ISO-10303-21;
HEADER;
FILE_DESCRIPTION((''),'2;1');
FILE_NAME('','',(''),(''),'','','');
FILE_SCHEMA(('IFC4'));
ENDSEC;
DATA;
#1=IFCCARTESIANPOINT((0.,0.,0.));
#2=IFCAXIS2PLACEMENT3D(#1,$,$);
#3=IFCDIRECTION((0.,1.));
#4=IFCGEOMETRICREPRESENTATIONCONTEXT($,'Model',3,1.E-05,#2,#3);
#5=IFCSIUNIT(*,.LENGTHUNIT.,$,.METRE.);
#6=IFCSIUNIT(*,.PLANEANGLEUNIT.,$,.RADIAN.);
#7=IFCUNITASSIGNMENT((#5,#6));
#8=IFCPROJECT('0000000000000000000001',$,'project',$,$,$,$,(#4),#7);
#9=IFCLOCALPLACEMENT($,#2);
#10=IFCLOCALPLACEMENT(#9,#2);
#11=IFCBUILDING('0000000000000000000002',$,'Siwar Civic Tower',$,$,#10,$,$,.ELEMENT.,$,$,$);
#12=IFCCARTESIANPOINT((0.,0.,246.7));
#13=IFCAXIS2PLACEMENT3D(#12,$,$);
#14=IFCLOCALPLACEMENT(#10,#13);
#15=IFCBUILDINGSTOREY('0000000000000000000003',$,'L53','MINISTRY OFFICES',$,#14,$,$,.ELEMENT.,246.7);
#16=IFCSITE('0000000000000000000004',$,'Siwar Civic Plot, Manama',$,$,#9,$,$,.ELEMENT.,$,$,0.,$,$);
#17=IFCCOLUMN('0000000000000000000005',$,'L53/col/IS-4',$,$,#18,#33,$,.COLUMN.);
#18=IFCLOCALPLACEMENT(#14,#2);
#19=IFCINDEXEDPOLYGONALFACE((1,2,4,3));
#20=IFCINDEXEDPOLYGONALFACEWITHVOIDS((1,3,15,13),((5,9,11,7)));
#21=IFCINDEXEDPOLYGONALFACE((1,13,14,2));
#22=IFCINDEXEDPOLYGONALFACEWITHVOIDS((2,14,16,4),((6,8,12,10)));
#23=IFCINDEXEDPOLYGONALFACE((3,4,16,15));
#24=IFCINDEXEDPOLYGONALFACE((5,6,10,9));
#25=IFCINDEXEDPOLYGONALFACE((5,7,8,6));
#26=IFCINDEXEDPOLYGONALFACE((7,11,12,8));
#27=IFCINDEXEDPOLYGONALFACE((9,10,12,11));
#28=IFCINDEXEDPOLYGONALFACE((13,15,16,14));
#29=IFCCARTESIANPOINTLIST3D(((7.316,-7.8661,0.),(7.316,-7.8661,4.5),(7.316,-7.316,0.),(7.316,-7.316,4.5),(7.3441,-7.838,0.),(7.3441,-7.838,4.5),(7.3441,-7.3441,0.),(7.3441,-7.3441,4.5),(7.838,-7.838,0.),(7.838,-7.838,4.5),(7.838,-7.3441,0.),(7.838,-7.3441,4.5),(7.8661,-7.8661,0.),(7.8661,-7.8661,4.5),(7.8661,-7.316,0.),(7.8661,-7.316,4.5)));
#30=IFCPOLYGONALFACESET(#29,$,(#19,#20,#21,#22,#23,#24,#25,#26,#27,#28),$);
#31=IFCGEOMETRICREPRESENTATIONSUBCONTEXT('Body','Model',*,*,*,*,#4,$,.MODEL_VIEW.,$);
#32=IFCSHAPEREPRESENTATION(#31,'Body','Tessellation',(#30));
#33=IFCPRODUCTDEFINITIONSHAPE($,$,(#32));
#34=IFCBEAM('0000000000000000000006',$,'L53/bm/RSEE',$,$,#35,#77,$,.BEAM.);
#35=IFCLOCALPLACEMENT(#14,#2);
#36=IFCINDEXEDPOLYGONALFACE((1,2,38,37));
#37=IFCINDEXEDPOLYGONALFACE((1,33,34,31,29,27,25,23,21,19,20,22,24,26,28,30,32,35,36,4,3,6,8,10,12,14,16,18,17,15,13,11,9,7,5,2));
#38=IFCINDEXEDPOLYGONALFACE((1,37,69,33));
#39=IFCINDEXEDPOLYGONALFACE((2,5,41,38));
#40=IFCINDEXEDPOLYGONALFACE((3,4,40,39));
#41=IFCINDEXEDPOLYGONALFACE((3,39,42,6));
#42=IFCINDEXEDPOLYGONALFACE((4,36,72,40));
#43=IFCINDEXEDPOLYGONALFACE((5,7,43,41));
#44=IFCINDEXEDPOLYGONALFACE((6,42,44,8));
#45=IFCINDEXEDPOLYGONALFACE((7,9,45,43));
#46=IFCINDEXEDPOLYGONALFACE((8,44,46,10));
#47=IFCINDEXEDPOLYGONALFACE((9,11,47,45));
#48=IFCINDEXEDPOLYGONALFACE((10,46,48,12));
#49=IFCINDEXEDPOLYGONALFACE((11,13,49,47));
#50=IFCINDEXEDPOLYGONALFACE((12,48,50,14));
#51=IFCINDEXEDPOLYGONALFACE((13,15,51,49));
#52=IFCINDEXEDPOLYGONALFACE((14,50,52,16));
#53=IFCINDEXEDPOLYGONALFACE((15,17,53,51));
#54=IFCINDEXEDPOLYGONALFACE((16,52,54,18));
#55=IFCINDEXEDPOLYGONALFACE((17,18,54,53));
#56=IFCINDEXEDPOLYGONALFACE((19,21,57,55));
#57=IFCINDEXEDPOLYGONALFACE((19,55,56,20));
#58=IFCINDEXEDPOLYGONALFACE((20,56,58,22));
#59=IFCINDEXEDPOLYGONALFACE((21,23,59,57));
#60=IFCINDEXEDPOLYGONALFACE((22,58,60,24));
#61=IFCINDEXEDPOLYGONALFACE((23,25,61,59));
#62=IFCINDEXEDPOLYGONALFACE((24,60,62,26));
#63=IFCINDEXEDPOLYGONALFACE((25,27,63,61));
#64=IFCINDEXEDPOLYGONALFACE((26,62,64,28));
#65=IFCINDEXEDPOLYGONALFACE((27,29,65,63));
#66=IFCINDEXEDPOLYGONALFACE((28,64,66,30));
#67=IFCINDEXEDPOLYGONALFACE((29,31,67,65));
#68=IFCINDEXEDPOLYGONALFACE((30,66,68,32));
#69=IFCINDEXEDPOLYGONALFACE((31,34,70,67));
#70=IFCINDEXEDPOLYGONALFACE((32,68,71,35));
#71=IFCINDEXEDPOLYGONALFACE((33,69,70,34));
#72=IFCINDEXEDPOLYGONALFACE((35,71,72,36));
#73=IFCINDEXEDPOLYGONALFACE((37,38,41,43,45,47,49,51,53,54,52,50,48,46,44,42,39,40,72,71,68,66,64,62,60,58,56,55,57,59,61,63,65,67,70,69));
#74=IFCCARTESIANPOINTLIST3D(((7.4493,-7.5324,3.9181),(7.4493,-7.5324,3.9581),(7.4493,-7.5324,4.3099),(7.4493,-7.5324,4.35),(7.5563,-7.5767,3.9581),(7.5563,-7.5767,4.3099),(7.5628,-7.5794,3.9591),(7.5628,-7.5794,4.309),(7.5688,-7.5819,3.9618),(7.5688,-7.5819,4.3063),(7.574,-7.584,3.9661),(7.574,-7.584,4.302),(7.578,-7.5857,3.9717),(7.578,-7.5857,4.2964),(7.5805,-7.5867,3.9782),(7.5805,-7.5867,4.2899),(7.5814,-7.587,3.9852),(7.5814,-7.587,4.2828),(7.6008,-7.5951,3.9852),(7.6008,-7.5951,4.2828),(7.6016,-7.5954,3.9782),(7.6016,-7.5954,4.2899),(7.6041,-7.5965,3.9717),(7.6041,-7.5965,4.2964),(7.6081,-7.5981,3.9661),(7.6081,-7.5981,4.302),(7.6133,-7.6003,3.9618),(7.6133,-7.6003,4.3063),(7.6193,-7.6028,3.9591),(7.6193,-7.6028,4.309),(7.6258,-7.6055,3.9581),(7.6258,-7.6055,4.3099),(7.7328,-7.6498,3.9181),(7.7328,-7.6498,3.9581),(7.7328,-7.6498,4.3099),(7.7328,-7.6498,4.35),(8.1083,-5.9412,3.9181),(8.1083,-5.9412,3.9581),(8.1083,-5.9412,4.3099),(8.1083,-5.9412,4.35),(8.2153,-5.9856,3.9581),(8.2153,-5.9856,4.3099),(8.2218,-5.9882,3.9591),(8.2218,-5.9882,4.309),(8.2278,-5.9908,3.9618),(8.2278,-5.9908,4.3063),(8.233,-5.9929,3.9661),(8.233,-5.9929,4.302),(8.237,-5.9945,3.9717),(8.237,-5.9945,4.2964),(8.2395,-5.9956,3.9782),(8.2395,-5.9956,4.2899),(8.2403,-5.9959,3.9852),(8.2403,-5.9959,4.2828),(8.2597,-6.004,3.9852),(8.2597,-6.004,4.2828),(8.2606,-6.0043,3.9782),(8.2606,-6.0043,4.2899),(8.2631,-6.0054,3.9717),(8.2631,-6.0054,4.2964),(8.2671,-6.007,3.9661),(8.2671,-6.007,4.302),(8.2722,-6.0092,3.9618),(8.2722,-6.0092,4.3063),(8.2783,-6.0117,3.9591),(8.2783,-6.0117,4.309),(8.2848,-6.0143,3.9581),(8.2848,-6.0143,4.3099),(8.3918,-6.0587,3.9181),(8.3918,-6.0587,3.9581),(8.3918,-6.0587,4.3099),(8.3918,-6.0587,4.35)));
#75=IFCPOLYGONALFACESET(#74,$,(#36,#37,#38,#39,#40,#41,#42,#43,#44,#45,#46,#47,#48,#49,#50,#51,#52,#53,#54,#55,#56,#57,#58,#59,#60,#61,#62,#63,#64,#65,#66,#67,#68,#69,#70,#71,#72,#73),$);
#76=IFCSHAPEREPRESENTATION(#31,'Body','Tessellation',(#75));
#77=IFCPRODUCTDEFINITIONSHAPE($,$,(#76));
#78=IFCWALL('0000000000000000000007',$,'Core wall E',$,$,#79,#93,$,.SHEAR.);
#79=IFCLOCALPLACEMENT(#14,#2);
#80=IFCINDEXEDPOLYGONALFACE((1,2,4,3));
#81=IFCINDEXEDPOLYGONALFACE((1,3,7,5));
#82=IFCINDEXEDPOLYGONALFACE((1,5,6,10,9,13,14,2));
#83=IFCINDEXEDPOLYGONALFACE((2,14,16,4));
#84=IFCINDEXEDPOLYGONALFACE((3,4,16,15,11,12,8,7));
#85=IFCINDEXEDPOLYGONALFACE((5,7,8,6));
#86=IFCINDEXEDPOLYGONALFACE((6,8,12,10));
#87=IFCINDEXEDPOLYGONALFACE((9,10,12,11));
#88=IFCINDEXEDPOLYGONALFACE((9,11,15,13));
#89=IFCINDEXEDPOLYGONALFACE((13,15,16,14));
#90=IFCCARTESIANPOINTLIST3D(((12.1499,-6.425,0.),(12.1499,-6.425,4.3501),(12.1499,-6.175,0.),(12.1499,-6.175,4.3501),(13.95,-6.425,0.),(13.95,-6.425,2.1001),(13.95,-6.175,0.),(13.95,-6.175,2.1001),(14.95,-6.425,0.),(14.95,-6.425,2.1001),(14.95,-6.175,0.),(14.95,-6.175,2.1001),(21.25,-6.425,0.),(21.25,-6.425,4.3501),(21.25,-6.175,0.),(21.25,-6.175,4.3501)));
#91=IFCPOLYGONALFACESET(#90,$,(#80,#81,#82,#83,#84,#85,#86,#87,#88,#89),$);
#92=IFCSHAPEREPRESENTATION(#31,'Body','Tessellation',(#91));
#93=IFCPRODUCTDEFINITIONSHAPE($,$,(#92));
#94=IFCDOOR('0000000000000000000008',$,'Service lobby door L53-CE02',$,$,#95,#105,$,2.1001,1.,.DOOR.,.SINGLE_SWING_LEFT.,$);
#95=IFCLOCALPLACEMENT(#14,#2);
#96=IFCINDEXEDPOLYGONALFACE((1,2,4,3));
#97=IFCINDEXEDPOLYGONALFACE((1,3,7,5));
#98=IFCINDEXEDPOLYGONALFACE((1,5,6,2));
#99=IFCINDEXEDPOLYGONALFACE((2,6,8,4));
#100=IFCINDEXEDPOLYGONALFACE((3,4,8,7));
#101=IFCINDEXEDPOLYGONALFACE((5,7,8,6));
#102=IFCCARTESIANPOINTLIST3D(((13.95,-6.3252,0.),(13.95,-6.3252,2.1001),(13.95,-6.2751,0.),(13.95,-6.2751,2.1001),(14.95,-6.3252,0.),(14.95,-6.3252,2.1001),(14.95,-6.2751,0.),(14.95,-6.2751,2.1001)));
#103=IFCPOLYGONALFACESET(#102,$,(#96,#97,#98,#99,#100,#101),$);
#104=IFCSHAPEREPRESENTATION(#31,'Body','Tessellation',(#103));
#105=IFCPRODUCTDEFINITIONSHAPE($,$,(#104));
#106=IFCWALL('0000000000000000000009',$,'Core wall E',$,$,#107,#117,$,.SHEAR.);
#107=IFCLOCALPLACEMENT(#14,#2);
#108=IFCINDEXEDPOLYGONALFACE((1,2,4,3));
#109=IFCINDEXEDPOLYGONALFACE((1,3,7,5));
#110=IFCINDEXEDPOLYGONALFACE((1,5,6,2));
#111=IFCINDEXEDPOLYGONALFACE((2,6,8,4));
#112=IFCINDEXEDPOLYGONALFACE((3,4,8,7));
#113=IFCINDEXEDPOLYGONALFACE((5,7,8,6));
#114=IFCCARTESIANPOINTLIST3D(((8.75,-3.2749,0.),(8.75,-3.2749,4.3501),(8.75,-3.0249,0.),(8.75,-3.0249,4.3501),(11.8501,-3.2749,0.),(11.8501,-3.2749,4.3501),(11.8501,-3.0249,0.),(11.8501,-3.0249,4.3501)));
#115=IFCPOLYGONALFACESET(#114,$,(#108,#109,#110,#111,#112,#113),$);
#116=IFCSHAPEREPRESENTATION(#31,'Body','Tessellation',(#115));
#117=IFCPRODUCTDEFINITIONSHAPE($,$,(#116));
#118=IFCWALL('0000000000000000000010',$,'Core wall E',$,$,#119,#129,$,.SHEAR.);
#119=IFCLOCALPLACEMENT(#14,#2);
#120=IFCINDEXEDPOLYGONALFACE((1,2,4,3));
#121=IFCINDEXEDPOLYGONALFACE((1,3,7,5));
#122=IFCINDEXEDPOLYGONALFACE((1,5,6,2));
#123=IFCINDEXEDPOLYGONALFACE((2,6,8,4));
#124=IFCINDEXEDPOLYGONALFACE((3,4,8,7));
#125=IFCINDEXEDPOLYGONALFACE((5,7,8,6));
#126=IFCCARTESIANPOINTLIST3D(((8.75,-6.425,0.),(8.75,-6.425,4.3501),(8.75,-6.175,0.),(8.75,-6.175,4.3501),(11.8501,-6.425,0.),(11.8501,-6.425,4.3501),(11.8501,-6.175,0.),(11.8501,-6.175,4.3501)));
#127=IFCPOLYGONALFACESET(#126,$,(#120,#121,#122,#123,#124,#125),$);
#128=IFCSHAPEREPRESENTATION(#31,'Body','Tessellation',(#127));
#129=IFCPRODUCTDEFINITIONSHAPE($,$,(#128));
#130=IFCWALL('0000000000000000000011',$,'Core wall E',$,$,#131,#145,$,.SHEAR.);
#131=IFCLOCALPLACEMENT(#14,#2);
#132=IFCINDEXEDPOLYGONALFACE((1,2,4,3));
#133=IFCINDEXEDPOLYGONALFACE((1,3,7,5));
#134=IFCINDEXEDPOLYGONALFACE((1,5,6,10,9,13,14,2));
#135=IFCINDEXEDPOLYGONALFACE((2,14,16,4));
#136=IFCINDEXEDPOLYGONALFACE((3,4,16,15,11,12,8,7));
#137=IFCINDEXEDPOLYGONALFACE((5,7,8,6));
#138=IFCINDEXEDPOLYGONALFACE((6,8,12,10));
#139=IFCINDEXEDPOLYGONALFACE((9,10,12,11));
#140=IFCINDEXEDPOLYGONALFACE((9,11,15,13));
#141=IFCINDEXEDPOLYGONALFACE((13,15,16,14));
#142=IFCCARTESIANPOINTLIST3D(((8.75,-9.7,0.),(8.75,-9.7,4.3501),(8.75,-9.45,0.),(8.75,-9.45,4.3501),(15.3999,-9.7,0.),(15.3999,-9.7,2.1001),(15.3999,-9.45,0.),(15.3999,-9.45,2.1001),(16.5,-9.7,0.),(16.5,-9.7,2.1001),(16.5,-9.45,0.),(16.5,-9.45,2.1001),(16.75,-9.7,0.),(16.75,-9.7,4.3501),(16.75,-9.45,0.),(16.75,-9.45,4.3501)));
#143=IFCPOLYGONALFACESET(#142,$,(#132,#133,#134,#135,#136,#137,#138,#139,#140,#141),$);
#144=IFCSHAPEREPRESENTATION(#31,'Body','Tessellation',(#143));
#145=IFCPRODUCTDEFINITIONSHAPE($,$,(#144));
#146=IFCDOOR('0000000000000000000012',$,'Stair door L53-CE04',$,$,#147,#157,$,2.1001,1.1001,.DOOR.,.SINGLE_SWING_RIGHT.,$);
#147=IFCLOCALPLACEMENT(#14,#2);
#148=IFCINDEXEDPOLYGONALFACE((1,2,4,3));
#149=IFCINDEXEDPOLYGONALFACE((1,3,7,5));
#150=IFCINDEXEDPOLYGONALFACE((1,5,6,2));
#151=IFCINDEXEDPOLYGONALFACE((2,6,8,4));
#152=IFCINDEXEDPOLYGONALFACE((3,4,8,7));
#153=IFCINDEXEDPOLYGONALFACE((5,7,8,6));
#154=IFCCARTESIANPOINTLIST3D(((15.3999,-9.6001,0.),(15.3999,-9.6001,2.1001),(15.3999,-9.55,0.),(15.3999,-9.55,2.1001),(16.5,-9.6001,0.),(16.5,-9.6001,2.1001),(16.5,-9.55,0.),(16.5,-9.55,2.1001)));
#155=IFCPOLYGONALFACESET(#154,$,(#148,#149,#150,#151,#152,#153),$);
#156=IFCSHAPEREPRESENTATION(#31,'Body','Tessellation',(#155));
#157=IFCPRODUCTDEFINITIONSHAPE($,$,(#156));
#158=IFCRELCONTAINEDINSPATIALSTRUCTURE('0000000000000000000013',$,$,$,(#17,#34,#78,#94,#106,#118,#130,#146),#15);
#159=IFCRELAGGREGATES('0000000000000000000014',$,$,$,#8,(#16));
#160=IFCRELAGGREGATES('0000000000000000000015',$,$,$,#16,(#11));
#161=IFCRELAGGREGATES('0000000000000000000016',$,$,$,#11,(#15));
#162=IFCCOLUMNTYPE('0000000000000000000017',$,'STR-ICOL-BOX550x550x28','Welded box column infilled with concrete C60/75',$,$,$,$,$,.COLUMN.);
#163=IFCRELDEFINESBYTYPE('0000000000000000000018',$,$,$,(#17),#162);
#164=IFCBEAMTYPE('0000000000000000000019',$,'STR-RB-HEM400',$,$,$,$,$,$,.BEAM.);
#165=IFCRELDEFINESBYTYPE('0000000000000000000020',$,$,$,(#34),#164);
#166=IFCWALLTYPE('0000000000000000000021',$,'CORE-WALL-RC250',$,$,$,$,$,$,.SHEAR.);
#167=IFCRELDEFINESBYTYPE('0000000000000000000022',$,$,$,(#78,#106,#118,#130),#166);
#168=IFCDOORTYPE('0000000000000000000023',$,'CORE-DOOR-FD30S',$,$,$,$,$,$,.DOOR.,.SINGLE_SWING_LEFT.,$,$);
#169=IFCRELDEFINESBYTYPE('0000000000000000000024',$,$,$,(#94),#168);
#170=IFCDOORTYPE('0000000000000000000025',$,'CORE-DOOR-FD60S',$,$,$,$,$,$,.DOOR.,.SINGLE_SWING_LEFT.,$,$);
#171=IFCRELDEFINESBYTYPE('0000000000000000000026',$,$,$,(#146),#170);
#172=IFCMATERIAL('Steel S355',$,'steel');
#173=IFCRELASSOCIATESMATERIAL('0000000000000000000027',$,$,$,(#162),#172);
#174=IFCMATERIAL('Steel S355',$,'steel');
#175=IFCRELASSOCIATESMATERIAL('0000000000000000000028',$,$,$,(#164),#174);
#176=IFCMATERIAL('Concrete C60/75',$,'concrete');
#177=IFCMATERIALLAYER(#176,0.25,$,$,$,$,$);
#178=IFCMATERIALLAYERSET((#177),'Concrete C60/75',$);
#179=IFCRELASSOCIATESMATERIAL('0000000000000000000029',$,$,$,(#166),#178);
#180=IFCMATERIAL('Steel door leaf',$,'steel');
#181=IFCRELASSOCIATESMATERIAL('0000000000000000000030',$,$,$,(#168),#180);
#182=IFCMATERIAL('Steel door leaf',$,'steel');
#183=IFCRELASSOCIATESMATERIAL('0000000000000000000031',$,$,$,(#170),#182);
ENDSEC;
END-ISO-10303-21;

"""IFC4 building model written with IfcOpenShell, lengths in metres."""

from ifc_helpers import new_model, si_unit, direction, frame, frame_2d, origin, origin_2d, place, context, subcontext, project, spatial, rectangle, hollow_rectangle, i_section, extrude, material, layer, layer_set, material_profile, profile_set, type_object, element, fill, save


model = new_model("IFC4")

# Units and contexts
model_context = context("Model", 3, precision=1e-05, world=origin(), true_north=direction((0.0, 1.0)))
body_context = subcontext(model_context, "Body", "Model", "MODEL_VIEW")
ifc_project = project(units=[si_unit("LENGTHUNIT", "METRE"), si_unit("PLANEANGLEUNIT", "RADIAN")], contexts=[model_context])

# Site, building, storey
site_placement = place(None, origin())
site = spatial("IfcSite", under=ifc_project, at=site_placement, Name="Siwar Civic Plot, Manama", CompositionType="ELEMENT", RefElevation=0.0)
building_placement = place(site_placement, origin())
building = spatial("IfcBuilding", under=site, at=building_placement, Name="Siwar Civic Tower", CompositionType="ELEMENT")
storey_placement = place(building_placement, frame((0.0, 0.0, 246.7)))
storey = spatial("IfcBuildingStorey", under=building, at=storey_placement, Name="L53", Description="MINISTRY OFFICES", CompositionType="ELEMENT", Elevation=246.7)

# Column
ifc_material_1 = material(Name="Steel S355", Category="steel")
ifc_material_profile_1 = material_profile(ifc_material_1, hollow_rectangle(XDim=0.55, YDim=0.55, WallThickness=0.0281, at=origin_2d()), Name="BOX550x550x28")
ifc_profile_set_1 = profile_set([ifc_material_profile_1], Name="Steel S355")
column_type = type_object("IfcColumnType", Name="STR-ICOL-BOX550x550x28", Description="Welded box column infilled with concrete C60/75", PredefinedType="COLUMN", material=ifc_profile_set_1)
column_placement = place(storey_placement, frame((7.5911, -7.5911, 0.0), z_axis=(0.0, 0.0, 1.0), x_axis=(1.0, 0.0, 0.0)))
element("IfcColumn", 1, at=column_placement, inside=storey, type_object=column_type, Name="L53/col/IS-4", PredefinedType="COLUMN", context=body_context, shape_type="SweptSolid", body=[
    extrude(hollow_rectangle(XDim=0.55, YDim=0.55, WallThickness=0.0281, at=origin_2d()), origin(), (0.0, 0.0, 1.0), 4.5),
])

# Beam
ifc_material_2 = material(Name="Steel S355", Category="steel")
ifc_material_profile_2 = material_profile(ifc_material_2, i_section(OverallWidth=0.3069, OverallDepth=0.4319, WebThickness=0.021, FlangeThickness=0.04, FilletRadius=0.0271, at=origin_2d()), Name="HEM400")
ifc_profile_set_2 = profile_set([ifc_material_profile_2], Name="Steel S355")
beam_type = type_object("IfcBeamType", Name="STR-RB-HEM400", PredefinedType="BEAM", material=ifc_profile_set_2)
beam_placement = place(storey_placement, frame((7.5911, -7.5911, 4.134), z_axis=(0.382631, 0.923901, 0.0), x_axis=(-0.923901, 0.382631, 0.0)))
element("IfcBeam", 2, at=beam_placement, inside=storey, type_object=beam_type, Name="L53/bm/RSEE", PredefinedType="BEAM", context=body_context, shape_type="SweptSolid", body=[
    extrude(i_section(OverallWidth=0.3069, OverallDepth=0.4319, WebThickness=0.021, FlangeThickness=0.04, FilletRadius=0.0271, at=origin_2d()), origin(), (0.0, 0.0, 1.0), 1.7222),
])

# Wall, opening, door
ifc_material_3 = material(Name="Concrete C60/75", Category="concrete")
ifc_layer_1 = layer(ifc_material_3, 0.25)
ifc_layer_set_1 = layer_set([ifc_layer_1], Name="Concrete C60/75")
wall_type_1 = type_object("IfcWallType", Name="CORE-WALL-RC250", PredefinedType="SHEAR", material=ifc_layer_set_1)
wall_1_placement = place(storey_placement, frame((12.1499, -6.3, 0.0), z_axis=(0.0, 0.0, 1.0), x_axis=(1.0, 0.0, 0.0)))
wall_1 = element("IfcWall", 3, at=wall_1_placement, inside=storey, type_object=wall_type_1, Name="Core wall E", PredefinedType="SHEAR", context=body_context, shape_type="SweptSolid", body=[
    extrude(rectangle(XDim=9.1001, YDim=0.25, at=frame_2d((4.55, 0.0))), origin(), (0.0, 0.0, 1.0), 4.3501),
])
opening_1_placement = place(wall_1_placement, frame((1.8, 0.0, 0.0)))
opening_1 = element("IfcOpeningElement", 4, at=opening_1_placement, cuts=wall_1, PredefinedType="OPENING", context=body_context, shape_type="SweptSolid", body=[
    extrude(rectangle(XDim=1.0, YDim=2.1001, at=frame_2d((0.5, 1.05))), frame((0.0, 0.135, 0.0), z_axis=(0.0, -1.0, 0.0), x_axis=(1.0, 0.0, 0.0)), (0.0, 0.0, 1.0), 0.27),
])
ifc_material_4 = material(Name="Steel door leaf", Category="steel")
door_type_1 = type_object("IfcDoorType", Name="CORE-DOOR-FD30S", OperationType="SINGLE_SWING_LEFT", PredefinedType="DOOR", material=ifc_material_4)
door_1_placement = place(opening_1_placement, origin())
door_1 = element("IfcDoor", 5, at=door_1_placement, inside=storey, type_object=door_type_1, Name="Service lobby door L53-CE02", OperationType="SINGLE_SWING_LEFT", OverallHeight=2.1001, OverallWidth=1.0, PredefinedType="DOOR", context=body_context, shape_type="SweptSolid", body=[
    extrude(rectangle(XDim=1.0, YDim=2.1001, at=frame_2d((0.5, 1.05))), frame((0.0, 0.0249, 0.0), z_axis=(0.0, -1.0, 0.0), x_axis=(1.0, 0.0, 0.0)), (0.0, 0.0, 1.0), 0.05),
])
fill(opening_1, door_1)

# Walls
for number, where, z_axis, x_axis, name in (
    (6, (8.75, -3.1499, 0.0), (0.0, 0.0, 1.0), (1.0, 0.0, 0.0), "Core wall E"),
    (7, (8.75, -6.3, 0.0), (0.0, 0.0, 1.0), (1.0, 0.0, 0.0), "Core wall E"),
):
    element("IfcWall", number, at=place(storey_placement, frame(where, z_axis=z_axis, x_axis=x_axis)), inside=storey, type_object=wall_type_1, Name=name, PredefinedType="SHEAR", context=body_context, shape_type="SweptSolid", body=[
        extrude(rectangle(XDim=3.1001, YDim=0.25, at=frame_2d((1.55, 0.0))), origin(), (0.0, 0.0, 1.0), 4.3501),
    ])

# Wall, opening, door
wall_2_placement = place(storey_placement, frame((8.75, -9.575, 0.0), z_axis=(0.0, 0.0, 1.0), x_axis=(1.0, 0.0, 0.0)))
wall_2 = element("IfcWall", 8, at=wall_2_placement, inside=storey, type_object=wall_type_1, Name="Core wall E", PredefinedType="SHEAR", context=body_context, shape_type="SweptSolid", body=[
    extrude(rectangle(XDim=8.0, YDim=0.25, at=frame_2d((4.0, 0.0))), origin(), (0.0, 0.0, 1.0), 4.3501),
])
opening_2_placement = place(wall_2_placement, frame((6.6499, 0.0, 0.0)))
opening_2 = element("IfcOpeningElement", 9, at=opening_2_placement, cuts=wall_2, PredefinedType="OPENING", context=body_context, shape_type="SweptSolid", body=[
    extrude(rectangle(XDim=1.1001, YDim=2.1001, at=frame_2d((0.55, 1.05))), frame((0.0, 0.135, 0.0), z_axis=(0.0, -1.0, 0.0), x_axis=(1.0, 0.0, 0.0)), (0.0, 0.0, 1.0), 0.27),
])
ifc_material_5 = material(Name="Steel door leaf", Category="steel")
door_type_2 = type_object("IfcDoorType", Name="CORE-DOOR-FD60S", OperationType="SINGLE_SWING_LEFT", PredefinedType="DOOR", material=ifc_material_5)
door_2_placement = place(opening_2_placement, origin())
door_2 = element("IfcDoor", 10, at=door_2_placement, inside=storey, type_object=door_type_2, Name="Stair door L53-CE04", OperationType="SINGLE_SWING_RIGHT", OverallHeight=2.1001, OverallWidth=1.1001, PredefinedType="DOOR", context=body_context, shape_type="SweptSolid", body=[
    extrude(rectangle(XDim=1.1001, YDim=2.1001, at=frame_2d((0.55, 1.05))), frame((0.0, 0.0249, 0.0), z_axis=(0.0, -1.0, 0.0), x_axis=(1.0, 0.0, 0.0)), (0.0, 0.0, 1.0), 0.05),
])
fill(opening_2, door_2)

save(model, "model.ifc")
